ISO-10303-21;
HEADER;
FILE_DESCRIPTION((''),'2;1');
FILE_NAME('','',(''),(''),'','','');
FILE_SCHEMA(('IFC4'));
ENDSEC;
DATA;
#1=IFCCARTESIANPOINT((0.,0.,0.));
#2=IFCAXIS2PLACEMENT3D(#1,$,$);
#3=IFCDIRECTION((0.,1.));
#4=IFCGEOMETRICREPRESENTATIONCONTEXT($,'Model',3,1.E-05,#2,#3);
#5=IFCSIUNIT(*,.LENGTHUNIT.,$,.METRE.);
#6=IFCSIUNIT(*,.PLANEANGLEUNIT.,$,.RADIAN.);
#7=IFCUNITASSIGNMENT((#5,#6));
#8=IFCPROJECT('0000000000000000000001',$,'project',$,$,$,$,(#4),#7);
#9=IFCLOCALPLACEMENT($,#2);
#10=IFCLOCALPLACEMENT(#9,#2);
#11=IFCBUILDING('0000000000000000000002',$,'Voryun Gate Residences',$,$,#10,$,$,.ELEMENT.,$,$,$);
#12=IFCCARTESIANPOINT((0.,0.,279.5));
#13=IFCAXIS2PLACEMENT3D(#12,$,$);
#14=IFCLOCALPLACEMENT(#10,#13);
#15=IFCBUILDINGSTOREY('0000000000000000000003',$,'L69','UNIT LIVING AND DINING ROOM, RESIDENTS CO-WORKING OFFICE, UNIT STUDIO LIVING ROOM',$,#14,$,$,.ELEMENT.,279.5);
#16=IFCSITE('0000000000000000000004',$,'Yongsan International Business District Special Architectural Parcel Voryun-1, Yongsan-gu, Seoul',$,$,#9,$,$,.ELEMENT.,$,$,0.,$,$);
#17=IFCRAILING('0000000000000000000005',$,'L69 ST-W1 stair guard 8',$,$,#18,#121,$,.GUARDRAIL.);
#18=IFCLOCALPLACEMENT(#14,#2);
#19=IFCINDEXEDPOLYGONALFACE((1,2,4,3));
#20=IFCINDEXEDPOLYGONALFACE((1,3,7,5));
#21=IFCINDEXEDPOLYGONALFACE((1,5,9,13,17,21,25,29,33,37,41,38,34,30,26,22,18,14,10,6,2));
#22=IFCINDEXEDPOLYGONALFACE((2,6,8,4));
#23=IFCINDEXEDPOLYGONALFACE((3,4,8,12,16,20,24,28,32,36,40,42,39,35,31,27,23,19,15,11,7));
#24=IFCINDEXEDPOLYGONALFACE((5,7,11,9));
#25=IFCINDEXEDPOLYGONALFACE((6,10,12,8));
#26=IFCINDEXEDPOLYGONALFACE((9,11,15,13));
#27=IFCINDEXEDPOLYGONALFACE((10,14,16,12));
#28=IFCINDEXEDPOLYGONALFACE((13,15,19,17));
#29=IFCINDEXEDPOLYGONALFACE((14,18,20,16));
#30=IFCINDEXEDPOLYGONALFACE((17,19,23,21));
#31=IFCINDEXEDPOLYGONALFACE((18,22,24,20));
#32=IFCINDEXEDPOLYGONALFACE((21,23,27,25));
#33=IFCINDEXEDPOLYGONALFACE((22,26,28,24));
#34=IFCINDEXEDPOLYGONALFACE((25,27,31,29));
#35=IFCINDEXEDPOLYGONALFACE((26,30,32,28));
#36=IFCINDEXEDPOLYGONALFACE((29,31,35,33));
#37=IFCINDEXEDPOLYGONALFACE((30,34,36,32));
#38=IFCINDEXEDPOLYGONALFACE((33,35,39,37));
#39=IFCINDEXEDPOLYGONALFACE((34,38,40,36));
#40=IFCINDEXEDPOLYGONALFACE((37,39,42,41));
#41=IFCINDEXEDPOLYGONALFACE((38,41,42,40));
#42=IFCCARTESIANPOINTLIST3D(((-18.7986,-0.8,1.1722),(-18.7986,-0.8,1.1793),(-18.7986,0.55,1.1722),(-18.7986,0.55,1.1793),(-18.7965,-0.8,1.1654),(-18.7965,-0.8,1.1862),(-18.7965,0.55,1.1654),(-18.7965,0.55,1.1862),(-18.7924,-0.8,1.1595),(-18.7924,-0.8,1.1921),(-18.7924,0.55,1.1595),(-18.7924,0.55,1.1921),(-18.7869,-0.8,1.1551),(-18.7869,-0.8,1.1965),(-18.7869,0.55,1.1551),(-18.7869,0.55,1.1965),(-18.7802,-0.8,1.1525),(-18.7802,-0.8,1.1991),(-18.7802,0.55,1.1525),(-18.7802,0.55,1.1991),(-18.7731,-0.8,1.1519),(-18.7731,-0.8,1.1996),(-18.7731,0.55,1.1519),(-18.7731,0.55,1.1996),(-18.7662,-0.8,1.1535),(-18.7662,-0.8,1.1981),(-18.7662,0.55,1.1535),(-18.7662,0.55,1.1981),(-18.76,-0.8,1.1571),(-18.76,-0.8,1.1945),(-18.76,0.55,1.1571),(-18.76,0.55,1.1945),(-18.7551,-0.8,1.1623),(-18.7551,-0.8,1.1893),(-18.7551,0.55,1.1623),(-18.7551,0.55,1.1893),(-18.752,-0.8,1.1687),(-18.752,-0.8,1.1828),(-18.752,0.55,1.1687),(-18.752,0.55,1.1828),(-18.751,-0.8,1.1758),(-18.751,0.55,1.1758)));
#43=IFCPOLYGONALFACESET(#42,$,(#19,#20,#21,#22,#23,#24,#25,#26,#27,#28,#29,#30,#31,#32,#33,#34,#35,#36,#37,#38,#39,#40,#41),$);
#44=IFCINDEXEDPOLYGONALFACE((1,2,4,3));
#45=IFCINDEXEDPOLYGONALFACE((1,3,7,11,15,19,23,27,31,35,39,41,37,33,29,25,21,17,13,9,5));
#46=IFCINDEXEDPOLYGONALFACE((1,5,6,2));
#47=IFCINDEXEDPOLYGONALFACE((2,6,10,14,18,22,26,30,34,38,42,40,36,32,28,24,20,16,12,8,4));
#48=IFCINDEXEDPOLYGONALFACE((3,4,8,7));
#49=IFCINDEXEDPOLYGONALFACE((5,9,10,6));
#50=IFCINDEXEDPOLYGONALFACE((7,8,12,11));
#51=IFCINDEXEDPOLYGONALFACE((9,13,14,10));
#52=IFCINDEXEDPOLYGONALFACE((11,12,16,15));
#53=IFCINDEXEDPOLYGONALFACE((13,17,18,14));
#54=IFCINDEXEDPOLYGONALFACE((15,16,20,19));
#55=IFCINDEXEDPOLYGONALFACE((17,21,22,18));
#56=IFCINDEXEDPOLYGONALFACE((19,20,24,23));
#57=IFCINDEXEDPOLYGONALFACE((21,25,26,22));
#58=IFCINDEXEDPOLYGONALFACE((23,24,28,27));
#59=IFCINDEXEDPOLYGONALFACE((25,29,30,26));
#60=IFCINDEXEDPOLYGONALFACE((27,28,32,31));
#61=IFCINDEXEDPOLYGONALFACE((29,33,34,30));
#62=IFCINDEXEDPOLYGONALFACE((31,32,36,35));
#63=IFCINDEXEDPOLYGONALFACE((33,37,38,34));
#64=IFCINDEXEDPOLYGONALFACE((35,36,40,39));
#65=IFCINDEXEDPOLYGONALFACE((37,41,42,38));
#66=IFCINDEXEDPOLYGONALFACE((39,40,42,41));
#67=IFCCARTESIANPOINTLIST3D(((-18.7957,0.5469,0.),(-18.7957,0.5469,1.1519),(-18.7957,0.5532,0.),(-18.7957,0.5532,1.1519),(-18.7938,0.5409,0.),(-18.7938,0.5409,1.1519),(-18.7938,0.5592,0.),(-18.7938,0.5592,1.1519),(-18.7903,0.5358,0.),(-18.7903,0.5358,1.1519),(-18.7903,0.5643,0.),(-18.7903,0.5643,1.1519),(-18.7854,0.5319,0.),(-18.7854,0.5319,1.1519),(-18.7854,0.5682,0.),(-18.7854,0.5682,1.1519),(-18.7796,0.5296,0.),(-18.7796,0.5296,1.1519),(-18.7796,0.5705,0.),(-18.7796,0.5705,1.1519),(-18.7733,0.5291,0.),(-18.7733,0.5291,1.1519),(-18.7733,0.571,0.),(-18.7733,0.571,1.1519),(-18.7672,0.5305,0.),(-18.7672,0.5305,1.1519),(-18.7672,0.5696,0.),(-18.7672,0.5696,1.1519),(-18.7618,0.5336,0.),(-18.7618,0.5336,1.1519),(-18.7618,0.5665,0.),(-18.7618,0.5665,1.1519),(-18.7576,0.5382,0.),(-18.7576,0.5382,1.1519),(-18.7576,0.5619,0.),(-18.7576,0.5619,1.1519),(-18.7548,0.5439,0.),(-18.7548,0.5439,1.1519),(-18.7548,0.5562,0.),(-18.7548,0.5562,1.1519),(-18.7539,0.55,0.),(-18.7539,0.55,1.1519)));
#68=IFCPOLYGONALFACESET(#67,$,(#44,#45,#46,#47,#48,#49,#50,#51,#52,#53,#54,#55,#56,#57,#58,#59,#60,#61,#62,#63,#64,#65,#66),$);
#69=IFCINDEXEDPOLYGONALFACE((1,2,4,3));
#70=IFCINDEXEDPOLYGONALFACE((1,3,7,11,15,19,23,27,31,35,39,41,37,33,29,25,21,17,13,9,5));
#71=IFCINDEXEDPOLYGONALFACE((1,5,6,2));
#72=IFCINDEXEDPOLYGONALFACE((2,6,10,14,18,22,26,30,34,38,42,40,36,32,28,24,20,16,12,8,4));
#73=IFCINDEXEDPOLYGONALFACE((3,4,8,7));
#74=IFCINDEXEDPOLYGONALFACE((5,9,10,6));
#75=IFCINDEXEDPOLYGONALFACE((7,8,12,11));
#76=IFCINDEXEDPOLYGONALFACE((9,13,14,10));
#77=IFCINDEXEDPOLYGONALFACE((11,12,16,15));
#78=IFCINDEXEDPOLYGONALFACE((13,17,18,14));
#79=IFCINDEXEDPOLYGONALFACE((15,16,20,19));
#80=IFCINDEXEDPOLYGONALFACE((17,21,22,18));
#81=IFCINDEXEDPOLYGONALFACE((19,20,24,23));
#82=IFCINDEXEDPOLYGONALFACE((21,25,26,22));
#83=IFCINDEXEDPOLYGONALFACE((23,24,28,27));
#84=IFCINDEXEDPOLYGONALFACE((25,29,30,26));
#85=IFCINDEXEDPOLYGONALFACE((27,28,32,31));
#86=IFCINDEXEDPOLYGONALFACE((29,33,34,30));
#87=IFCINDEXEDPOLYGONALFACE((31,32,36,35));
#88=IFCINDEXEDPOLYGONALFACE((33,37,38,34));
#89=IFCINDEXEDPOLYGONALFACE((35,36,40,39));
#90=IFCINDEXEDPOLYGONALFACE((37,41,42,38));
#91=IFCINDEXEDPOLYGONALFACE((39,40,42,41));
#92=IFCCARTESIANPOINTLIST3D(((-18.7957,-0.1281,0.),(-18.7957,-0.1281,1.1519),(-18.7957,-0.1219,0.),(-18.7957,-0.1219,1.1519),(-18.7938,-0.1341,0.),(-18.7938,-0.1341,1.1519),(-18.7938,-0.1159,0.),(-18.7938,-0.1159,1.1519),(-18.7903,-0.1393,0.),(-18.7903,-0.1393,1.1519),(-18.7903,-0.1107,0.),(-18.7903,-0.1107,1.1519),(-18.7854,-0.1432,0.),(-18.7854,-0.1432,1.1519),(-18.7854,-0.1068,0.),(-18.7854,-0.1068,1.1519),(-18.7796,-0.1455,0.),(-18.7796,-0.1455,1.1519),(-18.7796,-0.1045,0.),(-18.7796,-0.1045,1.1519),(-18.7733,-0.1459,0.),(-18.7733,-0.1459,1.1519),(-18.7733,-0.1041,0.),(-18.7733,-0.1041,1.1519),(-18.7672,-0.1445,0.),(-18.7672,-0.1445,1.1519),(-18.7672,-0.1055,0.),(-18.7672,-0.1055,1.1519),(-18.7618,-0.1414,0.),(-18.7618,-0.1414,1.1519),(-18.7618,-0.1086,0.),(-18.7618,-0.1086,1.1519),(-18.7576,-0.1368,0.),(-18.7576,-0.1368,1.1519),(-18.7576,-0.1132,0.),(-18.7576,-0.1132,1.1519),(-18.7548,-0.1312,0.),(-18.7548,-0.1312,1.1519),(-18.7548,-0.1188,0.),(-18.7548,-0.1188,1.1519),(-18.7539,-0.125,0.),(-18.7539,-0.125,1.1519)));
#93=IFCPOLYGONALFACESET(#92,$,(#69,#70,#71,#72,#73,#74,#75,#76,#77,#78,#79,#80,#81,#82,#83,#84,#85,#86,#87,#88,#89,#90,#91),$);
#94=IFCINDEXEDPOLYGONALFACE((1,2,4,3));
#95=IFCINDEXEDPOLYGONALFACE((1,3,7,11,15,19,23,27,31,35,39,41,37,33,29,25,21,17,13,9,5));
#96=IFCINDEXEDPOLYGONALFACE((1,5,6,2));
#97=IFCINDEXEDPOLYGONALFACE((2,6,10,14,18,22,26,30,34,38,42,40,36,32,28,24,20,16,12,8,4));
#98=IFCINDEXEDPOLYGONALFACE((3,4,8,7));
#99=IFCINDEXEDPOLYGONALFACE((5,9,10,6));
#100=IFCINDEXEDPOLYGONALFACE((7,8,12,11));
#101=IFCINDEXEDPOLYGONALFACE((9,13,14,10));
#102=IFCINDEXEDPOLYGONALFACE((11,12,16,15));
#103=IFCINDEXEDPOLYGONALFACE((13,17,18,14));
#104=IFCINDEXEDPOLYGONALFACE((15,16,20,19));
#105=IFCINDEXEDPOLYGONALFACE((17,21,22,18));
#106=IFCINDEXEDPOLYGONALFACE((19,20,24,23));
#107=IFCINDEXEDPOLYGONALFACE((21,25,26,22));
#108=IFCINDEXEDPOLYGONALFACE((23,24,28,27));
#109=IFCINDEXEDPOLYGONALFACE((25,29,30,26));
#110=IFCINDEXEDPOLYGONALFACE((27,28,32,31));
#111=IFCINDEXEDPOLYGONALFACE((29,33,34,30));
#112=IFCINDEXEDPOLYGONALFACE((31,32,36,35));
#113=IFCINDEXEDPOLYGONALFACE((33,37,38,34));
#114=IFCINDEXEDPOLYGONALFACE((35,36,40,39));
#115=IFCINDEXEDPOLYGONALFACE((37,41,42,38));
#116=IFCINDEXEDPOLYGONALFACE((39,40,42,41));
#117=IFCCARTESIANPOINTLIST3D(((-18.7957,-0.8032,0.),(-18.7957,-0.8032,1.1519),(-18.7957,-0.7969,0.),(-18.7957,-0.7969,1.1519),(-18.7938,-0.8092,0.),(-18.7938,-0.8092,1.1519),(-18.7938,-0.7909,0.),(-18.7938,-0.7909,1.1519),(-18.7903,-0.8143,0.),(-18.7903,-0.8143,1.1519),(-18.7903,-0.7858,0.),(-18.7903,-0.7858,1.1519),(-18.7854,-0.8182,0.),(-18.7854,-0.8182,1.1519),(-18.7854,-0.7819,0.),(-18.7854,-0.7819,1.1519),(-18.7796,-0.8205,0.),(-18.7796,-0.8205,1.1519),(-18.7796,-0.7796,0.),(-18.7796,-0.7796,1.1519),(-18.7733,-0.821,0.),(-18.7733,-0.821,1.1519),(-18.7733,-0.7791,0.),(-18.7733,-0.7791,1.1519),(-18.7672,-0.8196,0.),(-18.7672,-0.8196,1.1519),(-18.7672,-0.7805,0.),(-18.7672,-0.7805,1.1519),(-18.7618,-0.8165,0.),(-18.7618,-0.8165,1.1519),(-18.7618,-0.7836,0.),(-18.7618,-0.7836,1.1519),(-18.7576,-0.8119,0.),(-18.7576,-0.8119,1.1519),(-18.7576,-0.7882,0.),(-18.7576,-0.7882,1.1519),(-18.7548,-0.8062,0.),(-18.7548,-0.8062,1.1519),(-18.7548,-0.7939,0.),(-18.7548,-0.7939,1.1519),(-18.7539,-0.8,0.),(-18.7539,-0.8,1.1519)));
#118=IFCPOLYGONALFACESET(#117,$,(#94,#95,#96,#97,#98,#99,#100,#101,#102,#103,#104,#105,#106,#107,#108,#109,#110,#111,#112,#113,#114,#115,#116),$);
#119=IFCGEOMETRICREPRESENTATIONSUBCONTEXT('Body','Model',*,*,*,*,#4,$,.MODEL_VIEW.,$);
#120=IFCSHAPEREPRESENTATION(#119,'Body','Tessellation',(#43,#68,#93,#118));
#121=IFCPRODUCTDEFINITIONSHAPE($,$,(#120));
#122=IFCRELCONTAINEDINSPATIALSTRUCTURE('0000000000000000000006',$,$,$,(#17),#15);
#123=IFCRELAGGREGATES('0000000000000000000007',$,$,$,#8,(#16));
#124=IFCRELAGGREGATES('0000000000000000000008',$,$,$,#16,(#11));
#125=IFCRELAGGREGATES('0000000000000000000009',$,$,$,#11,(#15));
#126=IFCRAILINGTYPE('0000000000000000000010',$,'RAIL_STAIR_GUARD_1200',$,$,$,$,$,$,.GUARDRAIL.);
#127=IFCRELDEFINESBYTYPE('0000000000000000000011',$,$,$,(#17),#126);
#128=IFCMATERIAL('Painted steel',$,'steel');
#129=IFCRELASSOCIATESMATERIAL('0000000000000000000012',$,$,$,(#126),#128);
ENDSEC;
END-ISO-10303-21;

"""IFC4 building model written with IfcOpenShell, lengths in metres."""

from ifc_helpers import new_model, si_unit, direction, frame, origin, origin_2d, place, context, subcontext, project, spatial, circle, extrude, material, type_object, element, save


model = new_model("IFC4")

# Units and contexts
model_context = context("Model", 3, precision=1e-05, world=origin(), true_north=direction((0.0, 1.0)))
body_context = subcontext(model_context, "Body", "Model", "MODEL_VIEW")
ifc_project = project(units=[si_unit("LENGTHUNIT", "METRE"), si_unit("PLANEANGLEUNIT", "RADIAN")], contexts=[model_context])

# Site, building, storey
site_placement = place(None, origin())
site = spatial("IfcSite", under=ifc_project, at=site_placement, Name="Yongsan International Business District Special Architectural Parcel Voryun-1, Yongsan-gu, Seoul", CompositionType="ELEMENT", RefElevation=0.0)
building_placement = place(site_placement, origin())
building = spatial("IfcBuilding", under=site, at=building_placement, Name="Voryun Gate Residences", CompositionType="ELEMENT")
storey_placement = place(building_placement, frame((0.0, 0.0, 279.5)))
storey = spatial("IfcBuildingStorey", under=building, at=storey_placement, Name="L69", Description="UNIT LIVING AND DINING ROOM, RESIDENTS CO-WORKING OFFICE, UNIT STUDIO LIVING ROOM", CompositionType="ELEMENT", Elevation=279.5)

# Railing
ifc_material_1 = material(Name="Painted steel", Category="steel")
railing_type = type_object("IfcRailingType", Name="RAIL_STAIR_GUARD_1200", PredefinedType="GUARDRAIL", material=ifc_material_1)
railing_placement = place(storey_placement, frame((-18.7749, 0.55, 0.0)))
element("IfcRailing", 1, at=railing_placement, inside=storey, type_object=railing_type, Name="L69 ST-W1 stair guard 8", PredefinedType="GUARDRAIL", context=body_context, shape_type="SweptSolid", body=[
    extrude(circle(Radius=0.0239, at=origin_2d()), frame((0.0, 0.0, 1.1758), z_axis=(0.0, -1.0, 0.0), x_axis=(1.0, 0.0, 0.0)), (0.0, 0.0, 1.0), 1.3501),
    extrude(circle(Radius=0.021, at=origin_2d()), origin(), (0.0, 0.0, 1.0), 1.1519),
    extrude(circle(Radius=0.021, at=origin_2d()), frame((0.0, -0.675, 0.0)), (0.0, 0.0, 1.0), 1.1519),
    extrude(circle(Radius=0.021, at=origin_2d()), frame((0.0, -1.3501, 0.0)), (0.0, 0.0, 1.0), 1.1519),
])

save(model, "model.ifc")
